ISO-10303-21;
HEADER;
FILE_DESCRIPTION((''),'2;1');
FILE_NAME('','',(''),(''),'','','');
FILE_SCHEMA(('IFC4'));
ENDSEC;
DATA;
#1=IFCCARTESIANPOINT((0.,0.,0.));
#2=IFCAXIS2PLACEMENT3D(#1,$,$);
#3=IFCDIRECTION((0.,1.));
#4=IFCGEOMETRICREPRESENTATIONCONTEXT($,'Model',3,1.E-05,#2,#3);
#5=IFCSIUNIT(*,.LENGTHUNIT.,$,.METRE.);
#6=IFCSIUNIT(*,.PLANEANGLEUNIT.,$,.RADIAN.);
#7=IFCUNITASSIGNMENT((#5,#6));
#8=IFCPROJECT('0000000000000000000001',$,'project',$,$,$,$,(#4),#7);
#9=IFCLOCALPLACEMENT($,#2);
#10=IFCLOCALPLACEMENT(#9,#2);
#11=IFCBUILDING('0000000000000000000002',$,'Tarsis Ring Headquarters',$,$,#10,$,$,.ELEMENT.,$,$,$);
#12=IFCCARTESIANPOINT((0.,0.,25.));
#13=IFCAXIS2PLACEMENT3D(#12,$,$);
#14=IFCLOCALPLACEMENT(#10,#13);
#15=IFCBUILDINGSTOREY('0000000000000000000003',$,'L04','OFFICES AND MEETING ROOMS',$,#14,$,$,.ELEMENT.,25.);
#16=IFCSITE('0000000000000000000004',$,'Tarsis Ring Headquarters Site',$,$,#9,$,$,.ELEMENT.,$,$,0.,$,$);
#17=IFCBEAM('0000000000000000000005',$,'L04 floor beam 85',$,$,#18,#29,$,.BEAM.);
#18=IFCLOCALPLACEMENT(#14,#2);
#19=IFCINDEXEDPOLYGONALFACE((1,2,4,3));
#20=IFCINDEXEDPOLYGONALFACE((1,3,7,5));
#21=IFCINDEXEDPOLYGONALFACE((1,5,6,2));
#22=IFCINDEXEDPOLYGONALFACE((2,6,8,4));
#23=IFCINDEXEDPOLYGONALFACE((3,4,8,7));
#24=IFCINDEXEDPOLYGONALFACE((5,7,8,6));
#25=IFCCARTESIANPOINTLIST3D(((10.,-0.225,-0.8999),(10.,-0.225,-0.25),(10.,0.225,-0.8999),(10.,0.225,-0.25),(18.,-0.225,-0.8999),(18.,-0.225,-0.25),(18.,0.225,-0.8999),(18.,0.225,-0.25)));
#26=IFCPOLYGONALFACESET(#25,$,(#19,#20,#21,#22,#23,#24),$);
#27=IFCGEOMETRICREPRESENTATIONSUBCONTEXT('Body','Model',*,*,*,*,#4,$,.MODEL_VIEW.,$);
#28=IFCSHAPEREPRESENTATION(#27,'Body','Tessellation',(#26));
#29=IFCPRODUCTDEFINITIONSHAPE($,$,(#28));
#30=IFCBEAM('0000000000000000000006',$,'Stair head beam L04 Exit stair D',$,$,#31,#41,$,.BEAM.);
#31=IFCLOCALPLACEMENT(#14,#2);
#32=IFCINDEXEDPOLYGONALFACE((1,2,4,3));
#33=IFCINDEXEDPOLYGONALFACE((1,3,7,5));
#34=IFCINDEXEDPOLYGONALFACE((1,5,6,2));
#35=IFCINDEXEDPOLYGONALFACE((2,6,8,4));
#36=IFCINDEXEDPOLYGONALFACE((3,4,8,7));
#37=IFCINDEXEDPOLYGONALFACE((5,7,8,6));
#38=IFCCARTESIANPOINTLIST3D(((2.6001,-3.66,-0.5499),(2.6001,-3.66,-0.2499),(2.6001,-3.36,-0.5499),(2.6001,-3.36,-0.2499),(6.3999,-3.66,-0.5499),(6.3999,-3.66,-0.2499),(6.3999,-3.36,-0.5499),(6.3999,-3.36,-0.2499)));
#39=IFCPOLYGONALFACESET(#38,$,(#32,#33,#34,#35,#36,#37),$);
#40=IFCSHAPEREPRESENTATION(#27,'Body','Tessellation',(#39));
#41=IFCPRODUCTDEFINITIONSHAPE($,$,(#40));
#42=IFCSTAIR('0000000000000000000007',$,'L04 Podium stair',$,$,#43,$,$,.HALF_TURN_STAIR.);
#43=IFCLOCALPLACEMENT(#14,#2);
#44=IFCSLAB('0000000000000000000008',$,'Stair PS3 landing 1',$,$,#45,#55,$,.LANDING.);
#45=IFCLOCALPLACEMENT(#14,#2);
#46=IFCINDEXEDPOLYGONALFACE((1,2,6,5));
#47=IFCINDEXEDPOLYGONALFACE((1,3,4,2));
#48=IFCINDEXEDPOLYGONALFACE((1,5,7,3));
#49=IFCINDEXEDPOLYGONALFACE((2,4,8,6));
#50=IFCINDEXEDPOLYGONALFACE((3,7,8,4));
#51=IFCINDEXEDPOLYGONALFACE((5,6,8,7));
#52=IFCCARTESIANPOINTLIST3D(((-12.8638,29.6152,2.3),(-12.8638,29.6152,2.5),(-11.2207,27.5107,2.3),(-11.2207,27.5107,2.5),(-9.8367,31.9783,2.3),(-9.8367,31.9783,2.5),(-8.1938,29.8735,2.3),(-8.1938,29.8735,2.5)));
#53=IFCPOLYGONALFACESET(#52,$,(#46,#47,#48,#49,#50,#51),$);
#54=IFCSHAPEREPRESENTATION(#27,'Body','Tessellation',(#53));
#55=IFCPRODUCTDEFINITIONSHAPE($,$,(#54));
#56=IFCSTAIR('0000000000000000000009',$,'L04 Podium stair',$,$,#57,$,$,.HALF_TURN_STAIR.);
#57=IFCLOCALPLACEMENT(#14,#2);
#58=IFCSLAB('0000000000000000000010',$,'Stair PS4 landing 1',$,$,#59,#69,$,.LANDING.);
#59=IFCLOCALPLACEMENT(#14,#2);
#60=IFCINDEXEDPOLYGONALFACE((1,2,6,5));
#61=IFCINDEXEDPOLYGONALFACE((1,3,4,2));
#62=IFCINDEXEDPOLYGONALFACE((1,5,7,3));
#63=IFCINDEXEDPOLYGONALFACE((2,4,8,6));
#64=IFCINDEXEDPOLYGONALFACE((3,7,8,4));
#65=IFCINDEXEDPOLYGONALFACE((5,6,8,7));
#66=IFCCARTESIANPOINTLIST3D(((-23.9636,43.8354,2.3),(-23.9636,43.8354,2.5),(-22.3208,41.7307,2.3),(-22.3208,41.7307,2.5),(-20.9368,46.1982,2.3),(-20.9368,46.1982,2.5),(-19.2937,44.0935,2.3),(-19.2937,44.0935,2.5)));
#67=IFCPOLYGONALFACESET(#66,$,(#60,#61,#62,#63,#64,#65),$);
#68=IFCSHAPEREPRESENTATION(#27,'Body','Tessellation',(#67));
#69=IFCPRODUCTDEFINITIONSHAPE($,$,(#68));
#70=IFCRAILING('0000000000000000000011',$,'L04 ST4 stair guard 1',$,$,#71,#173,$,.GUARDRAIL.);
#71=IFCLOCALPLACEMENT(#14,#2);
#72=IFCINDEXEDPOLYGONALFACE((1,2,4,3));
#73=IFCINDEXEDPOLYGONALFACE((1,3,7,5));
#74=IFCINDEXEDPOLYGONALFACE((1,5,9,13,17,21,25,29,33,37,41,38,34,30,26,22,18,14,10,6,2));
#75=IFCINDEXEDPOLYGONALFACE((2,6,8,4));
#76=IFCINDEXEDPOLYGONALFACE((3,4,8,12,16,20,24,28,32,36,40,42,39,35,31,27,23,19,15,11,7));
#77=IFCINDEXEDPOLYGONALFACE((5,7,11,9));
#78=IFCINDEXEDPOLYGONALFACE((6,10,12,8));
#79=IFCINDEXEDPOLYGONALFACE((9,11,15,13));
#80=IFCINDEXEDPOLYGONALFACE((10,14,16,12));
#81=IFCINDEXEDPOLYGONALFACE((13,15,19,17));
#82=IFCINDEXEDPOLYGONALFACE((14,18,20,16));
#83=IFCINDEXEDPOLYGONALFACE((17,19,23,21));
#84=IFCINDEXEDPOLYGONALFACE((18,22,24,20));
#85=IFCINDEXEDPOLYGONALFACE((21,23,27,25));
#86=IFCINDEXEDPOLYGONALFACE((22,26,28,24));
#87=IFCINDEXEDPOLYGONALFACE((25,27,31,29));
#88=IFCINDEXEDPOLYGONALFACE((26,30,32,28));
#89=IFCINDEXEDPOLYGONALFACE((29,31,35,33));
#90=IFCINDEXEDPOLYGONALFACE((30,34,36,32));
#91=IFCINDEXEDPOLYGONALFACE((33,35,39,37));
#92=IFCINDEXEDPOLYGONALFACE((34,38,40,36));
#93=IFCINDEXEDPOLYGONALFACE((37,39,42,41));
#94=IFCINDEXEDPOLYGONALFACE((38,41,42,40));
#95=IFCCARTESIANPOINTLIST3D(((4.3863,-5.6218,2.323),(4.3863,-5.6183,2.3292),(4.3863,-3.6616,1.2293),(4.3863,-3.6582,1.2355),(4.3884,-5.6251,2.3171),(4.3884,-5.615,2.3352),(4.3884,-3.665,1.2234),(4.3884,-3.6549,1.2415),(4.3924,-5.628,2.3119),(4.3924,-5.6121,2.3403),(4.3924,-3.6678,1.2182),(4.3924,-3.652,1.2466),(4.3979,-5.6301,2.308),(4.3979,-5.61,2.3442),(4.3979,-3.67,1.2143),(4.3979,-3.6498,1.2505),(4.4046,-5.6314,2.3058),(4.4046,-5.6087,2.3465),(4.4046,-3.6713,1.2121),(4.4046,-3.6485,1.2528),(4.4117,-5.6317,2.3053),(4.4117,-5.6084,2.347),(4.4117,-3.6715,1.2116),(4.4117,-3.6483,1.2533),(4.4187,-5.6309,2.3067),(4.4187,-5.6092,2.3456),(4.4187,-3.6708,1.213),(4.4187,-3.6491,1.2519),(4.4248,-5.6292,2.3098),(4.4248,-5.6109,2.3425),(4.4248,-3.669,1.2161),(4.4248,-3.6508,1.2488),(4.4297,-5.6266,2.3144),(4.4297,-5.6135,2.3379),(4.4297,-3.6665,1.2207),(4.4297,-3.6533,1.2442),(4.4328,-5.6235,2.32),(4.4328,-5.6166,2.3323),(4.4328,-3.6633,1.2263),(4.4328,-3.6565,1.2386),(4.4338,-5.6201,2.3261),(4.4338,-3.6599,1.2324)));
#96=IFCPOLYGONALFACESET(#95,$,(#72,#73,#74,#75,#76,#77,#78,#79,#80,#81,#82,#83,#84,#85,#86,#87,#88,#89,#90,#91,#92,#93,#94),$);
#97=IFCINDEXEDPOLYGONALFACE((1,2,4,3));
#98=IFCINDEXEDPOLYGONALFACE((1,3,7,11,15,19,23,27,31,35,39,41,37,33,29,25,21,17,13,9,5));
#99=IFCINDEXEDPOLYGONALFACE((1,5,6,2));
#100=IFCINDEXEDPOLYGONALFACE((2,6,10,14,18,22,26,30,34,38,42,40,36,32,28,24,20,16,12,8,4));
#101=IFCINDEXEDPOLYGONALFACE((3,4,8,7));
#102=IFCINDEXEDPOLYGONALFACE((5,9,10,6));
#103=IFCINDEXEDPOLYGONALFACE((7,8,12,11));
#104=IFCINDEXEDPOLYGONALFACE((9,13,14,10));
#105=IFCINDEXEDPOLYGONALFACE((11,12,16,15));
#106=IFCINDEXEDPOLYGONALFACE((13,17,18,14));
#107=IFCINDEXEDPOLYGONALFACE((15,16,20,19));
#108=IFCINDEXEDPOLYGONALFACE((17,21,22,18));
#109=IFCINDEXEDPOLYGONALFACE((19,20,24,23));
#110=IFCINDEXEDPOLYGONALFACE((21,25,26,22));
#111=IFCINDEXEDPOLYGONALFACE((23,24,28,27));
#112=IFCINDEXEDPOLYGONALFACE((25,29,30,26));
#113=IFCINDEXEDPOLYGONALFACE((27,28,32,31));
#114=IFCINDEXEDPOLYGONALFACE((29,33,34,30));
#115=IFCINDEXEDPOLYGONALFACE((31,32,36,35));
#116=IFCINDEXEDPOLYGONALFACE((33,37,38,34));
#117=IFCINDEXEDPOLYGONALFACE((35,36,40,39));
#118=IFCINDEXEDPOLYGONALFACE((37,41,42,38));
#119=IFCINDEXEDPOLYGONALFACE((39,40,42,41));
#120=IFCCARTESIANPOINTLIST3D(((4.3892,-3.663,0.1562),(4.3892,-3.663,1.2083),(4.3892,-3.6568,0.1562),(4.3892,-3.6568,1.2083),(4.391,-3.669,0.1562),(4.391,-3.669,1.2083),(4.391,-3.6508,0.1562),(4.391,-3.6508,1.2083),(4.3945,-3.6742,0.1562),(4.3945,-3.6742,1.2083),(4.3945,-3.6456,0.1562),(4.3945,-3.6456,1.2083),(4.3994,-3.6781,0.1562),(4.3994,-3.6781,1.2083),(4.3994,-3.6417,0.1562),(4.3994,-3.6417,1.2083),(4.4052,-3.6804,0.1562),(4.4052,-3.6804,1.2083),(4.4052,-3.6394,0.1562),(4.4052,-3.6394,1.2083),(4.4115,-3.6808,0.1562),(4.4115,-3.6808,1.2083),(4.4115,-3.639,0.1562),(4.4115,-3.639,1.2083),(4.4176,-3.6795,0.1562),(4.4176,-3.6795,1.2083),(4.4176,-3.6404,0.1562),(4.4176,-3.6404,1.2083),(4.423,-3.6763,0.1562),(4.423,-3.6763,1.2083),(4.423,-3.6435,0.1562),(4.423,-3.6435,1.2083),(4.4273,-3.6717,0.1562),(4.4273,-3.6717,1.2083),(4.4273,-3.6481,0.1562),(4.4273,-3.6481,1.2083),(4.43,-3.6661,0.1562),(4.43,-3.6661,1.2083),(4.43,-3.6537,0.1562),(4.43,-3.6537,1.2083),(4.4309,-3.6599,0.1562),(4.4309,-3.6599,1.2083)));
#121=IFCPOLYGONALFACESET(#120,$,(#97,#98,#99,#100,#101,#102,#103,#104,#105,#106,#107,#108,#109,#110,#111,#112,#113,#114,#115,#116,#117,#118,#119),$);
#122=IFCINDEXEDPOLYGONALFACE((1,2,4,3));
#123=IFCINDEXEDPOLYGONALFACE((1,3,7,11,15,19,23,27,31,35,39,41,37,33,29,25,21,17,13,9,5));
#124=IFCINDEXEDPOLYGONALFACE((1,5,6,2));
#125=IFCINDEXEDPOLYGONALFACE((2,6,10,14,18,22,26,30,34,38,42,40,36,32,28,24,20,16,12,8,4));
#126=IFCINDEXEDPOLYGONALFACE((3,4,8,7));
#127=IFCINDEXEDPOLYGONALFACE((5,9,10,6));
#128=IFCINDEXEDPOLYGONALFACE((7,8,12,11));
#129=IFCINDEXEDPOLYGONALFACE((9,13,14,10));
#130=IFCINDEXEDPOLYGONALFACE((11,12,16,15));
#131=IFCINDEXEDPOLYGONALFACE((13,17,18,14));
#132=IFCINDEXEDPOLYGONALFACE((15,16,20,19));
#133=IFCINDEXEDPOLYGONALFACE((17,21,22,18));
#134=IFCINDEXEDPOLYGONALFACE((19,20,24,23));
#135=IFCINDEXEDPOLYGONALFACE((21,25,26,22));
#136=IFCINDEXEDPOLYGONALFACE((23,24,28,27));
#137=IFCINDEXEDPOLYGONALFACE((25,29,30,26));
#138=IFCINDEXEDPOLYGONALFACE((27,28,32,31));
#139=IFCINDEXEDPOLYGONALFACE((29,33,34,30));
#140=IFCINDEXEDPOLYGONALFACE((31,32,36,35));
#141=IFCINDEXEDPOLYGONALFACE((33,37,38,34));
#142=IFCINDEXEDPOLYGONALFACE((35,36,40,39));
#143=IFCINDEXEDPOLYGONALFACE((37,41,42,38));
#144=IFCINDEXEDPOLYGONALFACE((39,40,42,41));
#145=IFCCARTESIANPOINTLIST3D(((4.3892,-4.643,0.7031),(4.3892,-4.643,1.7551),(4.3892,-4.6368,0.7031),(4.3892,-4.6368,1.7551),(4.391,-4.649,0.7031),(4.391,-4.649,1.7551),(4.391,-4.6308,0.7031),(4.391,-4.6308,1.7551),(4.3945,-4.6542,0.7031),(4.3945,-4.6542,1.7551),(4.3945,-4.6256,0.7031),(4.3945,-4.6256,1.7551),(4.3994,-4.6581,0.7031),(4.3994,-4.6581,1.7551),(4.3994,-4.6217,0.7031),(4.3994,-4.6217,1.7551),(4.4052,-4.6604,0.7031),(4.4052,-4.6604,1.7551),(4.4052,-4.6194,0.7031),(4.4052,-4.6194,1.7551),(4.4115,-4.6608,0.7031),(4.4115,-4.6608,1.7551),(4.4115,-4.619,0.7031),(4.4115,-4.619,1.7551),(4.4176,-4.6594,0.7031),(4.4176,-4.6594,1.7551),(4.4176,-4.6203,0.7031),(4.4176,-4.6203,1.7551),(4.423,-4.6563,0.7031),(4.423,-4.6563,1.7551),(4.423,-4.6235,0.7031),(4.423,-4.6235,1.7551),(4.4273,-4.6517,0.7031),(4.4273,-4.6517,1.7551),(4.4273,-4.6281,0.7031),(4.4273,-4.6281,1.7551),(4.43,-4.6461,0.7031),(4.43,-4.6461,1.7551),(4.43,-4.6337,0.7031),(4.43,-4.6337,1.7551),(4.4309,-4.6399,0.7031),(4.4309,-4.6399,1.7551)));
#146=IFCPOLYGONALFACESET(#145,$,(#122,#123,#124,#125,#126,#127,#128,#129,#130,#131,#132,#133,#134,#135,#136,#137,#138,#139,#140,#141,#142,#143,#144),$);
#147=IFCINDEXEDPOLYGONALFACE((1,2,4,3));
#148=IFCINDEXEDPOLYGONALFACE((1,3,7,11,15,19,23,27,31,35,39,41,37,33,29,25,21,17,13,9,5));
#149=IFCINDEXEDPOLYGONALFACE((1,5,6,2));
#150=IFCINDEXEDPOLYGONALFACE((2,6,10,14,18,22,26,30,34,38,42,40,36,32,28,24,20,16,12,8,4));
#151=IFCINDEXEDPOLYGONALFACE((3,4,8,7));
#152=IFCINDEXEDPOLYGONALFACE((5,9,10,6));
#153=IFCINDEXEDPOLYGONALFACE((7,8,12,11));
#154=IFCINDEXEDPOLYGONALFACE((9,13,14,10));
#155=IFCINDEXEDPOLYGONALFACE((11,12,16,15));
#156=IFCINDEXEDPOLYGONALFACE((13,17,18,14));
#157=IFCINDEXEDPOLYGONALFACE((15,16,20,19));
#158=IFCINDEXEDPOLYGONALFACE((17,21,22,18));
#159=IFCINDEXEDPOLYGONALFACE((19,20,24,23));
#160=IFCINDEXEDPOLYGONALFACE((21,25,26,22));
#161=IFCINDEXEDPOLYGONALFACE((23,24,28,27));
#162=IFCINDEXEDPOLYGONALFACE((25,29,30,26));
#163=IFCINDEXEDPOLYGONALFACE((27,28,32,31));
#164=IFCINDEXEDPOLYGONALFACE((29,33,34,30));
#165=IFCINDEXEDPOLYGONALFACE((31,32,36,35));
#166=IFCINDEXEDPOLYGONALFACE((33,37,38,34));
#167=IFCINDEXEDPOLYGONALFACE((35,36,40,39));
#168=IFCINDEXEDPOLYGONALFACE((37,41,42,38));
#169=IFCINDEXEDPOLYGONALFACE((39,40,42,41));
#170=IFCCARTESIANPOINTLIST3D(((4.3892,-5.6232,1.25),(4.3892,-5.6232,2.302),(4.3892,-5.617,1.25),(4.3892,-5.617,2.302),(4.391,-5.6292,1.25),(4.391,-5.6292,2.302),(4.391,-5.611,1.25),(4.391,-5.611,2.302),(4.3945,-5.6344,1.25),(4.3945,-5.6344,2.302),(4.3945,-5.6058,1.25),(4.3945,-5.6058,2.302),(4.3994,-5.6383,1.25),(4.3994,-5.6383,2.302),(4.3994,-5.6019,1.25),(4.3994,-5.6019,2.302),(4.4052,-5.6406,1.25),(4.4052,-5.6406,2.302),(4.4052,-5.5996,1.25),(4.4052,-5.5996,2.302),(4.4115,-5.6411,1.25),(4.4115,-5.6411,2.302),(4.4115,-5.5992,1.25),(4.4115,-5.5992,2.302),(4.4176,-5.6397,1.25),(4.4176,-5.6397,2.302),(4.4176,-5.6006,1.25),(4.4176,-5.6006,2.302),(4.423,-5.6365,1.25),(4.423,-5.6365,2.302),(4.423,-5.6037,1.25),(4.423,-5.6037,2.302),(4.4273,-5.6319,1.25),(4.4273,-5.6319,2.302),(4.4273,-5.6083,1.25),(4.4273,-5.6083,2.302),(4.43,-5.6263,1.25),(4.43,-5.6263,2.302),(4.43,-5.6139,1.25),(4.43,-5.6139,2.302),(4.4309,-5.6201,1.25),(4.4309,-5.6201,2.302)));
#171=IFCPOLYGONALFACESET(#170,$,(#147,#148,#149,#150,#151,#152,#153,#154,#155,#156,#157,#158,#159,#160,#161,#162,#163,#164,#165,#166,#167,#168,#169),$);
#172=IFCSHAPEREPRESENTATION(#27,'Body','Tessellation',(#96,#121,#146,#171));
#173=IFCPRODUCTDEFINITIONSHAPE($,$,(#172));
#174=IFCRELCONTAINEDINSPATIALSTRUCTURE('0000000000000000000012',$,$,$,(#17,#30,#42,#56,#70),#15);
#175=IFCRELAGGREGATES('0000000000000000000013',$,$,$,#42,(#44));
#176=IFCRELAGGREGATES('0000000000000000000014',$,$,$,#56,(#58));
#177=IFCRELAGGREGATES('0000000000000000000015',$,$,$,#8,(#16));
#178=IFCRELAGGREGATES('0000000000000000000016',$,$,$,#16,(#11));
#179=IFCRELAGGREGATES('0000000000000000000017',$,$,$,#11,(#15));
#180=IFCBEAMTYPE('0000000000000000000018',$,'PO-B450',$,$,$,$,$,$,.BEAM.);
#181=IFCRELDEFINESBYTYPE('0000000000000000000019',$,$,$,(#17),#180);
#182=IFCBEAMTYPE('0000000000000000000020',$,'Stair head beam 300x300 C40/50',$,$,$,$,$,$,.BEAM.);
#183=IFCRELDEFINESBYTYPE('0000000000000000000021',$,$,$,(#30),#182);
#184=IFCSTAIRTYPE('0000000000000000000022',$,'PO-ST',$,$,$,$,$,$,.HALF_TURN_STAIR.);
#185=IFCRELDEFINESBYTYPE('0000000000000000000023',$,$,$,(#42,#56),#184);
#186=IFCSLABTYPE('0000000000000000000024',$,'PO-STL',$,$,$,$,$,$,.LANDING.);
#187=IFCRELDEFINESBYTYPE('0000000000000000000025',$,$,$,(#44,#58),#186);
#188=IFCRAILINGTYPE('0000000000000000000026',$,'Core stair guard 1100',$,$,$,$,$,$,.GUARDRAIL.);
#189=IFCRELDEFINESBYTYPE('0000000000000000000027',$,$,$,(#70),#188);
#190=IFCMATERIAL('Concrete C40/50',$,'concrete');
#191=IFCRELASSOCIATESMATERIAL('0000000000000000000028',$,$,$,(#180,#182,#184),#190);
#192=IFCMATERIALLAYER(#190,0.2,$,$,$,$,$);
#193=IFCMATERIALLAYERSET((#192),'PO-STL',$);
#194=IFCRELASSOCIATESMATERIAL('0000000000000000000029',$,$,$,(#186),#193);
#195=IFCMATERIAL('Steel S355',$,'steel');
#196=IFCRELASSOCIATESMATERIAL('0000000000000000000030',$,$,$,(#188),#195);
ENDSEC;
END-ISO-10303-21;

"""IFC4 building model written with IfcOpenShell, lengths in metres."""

from ifc_helpers import new_model, si_unit, direction, frame, origin, origin_2d, place, context, subcontext, project, spatial, polyline, rectangle, circle, outline, extrude, material, layer, layer_set, material_profile, profile_set, type_object, element, aggregate, save


model = new_model("IFC4")

# Units and contexts
model_context = context("Model", 3, precision=1e-05, world=origin(), true_north=direction((0.0, 1.0)))
body_context = subcontext(model_context, "Body", "Model", "MODEL_VIEW")
ifc_project = project(units=[si_unit("LENGTHUNIT", "METRE"), si_unit("PLANEANGLEUNIT", "RADIAN")], contexts=[model_context])

# Site, building, storey
site_placement = place(None, origin())
site = spatial("IfcSite", under=ifc_project, at=site_placement, Name="Tarsis Ring Headquarters Site", CompositionType="ELEMENT", RefElevation=0.0)
building_placement = place(site_placement, origin())
building = spatial("IfcBuilding", under=site, at=building_placement, Name="Tarsis Ring Headquarters", CompositionType="ELEMENT")
storey_placement = place(building_placement, frame((0.0, 0.0, 25.0)))
storey = spatial("IfcBuildingStorey", under=building, at=storey_placement, Name="L04", Description="OFFICES AND MEETING ROOMS", CompositionType="ELEMENT", Elevation=25.0)

# Beams
ifc_material_1 = material(Name="Concrete C40/50", Category="concrete")
ifc_material_profile_1 = material_profile(ifc_material_1, rectangle(XDim=0.45, YDim=0.6499, at=origin_2d()), Name="PO-B450")
ifc_profile_set_1 = profile_set([ifc_material_profile_1], Name="Concrete C40/50")
beam_type_1 = type_object("IfcBeamType", Name="PO-B450", PredefinedType="BEAM", material=ifc_profile_set_1)
beam_1_placement = place(storey_placement, frame((10.0, 0.0, -0.575), z_axis=(1.0, 0.0, 0.0), x_axis=(0.0, 1.0, 0.0)))
element("IfcBeam", 1, at=beam_1_placement, inside=storey, type_object=beam_type_1, Name="L04 floor beam 85", PredefinedType="BEAM", context=body_context, shape_type="SweptSolid", body=[
    extrude(rectangle(XDim=0.45, YDim=0.6499, at=origin_2d()), origin(), (0.0, 0.0, 1.0), 8.0),
])
ifc_material_profile_2 = material_profile(ifc_material_1, rectangle(XDim=0.3, YDim=0.3, at=origin_2d()), Name="Stair head beam 300x300 C40/50")
ifc_profile_set_2 = profile_set([ifc_material_profile_2], Name="Concrete C40/50")
beam_type_2 = type_object("IfcBeamType", Name="Stair head beam 300x300 C40/50", PredefinedType="BEAM", material=ifc_profile_set_2)
beam_2_placement = place(storey_placement, frame((2.6001, -3.51, -0.3999), z_axis=(1.0, 0.0, 0.0), x_axis=(0.0, 1.0, 0.0)))
element("IfcBeam", 2, at=beam_2_placement, inside=storey, type_object=beam_type_2, Name="Stair head beam L04 Exit stair D", PredefinedType="BEAM", context=body_context, shape_type="SweptSolid", body=[
    extrude(rectangle(XDim=0.3, YDim=0.3, at=origin_2d()), origin(), (0.0, 0.0, 1.0), 3.7998),
])

# Stairs, slabs
stair_type = type_object("IfcStairType", Name="PO-ST", PredefinedType="HALF_TURN_STAIR", material=ifc_material_1)
stair_1_placement = place(storey_placement, origin())
stair_1 = element("IfcStair", 3, at=stair_1_placement, inside=storey, type_object=stair_type, Name="L04 Podium stair", PredefinedType="HALF_TURN_STAIR")
ifc_layer = layer(ifc_material_1, 0.2)
ifc_layer_set = layer_set([ifc_layer], Name="PO-STL")
slab_type = type_object("IfcSlabType", Name="PO-STL", PredefinedType="LANDING", material=ifc_layer_set)
slab_1_placement = place(storey_placement, frame((0.0, 0.0, 2.3)))
slab_1 = element("IfcSlab", 4, at=slab_1_placement, type_object=slab_type, Name="Stair PS3 landing 1", PredefinedType="LANDING", context=body_context, shape_type="SweptSolid", body=[
    extrude(outline(polyline([(-9.8367, 31.9783), (-12.8638, 29.6152), (-11.2207, 27.5107), (-8.1938, 29.8735), (-9.8367, 31.9783)])), origin(), (0.0, 0.0, 1.0), 0.2),
])
aggregate(stair_1, [slab_1])
stair_2_placement = place(storey_placement, origin())
stair_2 = element("IfcStair", 5, at=stair_2_placement, inside=storey, type_object=stair_type, Name="L04 Podium stair", PredefinedType="HALF_TURN_STAIR")
slab_2_placement = place(storey_placement, frame((0.0, 0.0, 2.3)))
slab_2 = element("IfcSlab", 6, at=slab_2_placement, type_object=slab_type, Name="Stair PS4 landing 1", PredefinedType="LANDING", context=body_context, shape_type="SweptSolid", body=[
    extrude(outline(polyline([(-20.9368, 46.1982), (-23.9636, 43.8354), (-22.3208, 41.7307), (-19.2937, 44.0935), (-20.9368, 46.1982)])), origin(), (0.0, 0.0, 1.0), 0.2),
])
aggregate(stair_2, [slab_2])

# Railing
ifc_material_2 = material(Name="Steel S355", Category="steel")
railing_type_1 = type_object("IfcRailingType", Name="Core stair guard 1100", PredefinedType="GUARDRAIL", material=ifc_material_2)
railing_1_placement = place(storey_placement, frame((4.4099, -3.6599, 0.1562)))
element("IfcRailing", 7, at=railing_1_placement, inside=storey, type_object=railing_type_1, Name="L04 ST4 stair guard 1", PredefinedType="GUARDRAIL", context=body_context, shape_type="SweptSolid", body=[
    extrude(circle(Radius=0.0239, at=origin_2d()), frame((0.0, 0.0, 1.0762), z_axis=(0.0, -0.873258, 0.487258), x_axis=(1.0, 0.0, 0.0)), (0.0, 0.0, 1.0), 2.2446),
    extrude(circle(Radius=0.021, at=origin_2d()), origin(), (0.0, 0.0, 1.0), 1.052),
    extrude(circle(Radius=0.021, at=origin_2d()), frame((0.0, -0.98, 0.5469)), (0.0, 0.0, 1.0), 1.052),
    extrude(circle(Radius=0.021, at=origin_2d()), frame((0.0, -1.9602, 1.0938)), (0.0, 0.0, 1.0), 1.052),
])

save(model, "model.ifc")
